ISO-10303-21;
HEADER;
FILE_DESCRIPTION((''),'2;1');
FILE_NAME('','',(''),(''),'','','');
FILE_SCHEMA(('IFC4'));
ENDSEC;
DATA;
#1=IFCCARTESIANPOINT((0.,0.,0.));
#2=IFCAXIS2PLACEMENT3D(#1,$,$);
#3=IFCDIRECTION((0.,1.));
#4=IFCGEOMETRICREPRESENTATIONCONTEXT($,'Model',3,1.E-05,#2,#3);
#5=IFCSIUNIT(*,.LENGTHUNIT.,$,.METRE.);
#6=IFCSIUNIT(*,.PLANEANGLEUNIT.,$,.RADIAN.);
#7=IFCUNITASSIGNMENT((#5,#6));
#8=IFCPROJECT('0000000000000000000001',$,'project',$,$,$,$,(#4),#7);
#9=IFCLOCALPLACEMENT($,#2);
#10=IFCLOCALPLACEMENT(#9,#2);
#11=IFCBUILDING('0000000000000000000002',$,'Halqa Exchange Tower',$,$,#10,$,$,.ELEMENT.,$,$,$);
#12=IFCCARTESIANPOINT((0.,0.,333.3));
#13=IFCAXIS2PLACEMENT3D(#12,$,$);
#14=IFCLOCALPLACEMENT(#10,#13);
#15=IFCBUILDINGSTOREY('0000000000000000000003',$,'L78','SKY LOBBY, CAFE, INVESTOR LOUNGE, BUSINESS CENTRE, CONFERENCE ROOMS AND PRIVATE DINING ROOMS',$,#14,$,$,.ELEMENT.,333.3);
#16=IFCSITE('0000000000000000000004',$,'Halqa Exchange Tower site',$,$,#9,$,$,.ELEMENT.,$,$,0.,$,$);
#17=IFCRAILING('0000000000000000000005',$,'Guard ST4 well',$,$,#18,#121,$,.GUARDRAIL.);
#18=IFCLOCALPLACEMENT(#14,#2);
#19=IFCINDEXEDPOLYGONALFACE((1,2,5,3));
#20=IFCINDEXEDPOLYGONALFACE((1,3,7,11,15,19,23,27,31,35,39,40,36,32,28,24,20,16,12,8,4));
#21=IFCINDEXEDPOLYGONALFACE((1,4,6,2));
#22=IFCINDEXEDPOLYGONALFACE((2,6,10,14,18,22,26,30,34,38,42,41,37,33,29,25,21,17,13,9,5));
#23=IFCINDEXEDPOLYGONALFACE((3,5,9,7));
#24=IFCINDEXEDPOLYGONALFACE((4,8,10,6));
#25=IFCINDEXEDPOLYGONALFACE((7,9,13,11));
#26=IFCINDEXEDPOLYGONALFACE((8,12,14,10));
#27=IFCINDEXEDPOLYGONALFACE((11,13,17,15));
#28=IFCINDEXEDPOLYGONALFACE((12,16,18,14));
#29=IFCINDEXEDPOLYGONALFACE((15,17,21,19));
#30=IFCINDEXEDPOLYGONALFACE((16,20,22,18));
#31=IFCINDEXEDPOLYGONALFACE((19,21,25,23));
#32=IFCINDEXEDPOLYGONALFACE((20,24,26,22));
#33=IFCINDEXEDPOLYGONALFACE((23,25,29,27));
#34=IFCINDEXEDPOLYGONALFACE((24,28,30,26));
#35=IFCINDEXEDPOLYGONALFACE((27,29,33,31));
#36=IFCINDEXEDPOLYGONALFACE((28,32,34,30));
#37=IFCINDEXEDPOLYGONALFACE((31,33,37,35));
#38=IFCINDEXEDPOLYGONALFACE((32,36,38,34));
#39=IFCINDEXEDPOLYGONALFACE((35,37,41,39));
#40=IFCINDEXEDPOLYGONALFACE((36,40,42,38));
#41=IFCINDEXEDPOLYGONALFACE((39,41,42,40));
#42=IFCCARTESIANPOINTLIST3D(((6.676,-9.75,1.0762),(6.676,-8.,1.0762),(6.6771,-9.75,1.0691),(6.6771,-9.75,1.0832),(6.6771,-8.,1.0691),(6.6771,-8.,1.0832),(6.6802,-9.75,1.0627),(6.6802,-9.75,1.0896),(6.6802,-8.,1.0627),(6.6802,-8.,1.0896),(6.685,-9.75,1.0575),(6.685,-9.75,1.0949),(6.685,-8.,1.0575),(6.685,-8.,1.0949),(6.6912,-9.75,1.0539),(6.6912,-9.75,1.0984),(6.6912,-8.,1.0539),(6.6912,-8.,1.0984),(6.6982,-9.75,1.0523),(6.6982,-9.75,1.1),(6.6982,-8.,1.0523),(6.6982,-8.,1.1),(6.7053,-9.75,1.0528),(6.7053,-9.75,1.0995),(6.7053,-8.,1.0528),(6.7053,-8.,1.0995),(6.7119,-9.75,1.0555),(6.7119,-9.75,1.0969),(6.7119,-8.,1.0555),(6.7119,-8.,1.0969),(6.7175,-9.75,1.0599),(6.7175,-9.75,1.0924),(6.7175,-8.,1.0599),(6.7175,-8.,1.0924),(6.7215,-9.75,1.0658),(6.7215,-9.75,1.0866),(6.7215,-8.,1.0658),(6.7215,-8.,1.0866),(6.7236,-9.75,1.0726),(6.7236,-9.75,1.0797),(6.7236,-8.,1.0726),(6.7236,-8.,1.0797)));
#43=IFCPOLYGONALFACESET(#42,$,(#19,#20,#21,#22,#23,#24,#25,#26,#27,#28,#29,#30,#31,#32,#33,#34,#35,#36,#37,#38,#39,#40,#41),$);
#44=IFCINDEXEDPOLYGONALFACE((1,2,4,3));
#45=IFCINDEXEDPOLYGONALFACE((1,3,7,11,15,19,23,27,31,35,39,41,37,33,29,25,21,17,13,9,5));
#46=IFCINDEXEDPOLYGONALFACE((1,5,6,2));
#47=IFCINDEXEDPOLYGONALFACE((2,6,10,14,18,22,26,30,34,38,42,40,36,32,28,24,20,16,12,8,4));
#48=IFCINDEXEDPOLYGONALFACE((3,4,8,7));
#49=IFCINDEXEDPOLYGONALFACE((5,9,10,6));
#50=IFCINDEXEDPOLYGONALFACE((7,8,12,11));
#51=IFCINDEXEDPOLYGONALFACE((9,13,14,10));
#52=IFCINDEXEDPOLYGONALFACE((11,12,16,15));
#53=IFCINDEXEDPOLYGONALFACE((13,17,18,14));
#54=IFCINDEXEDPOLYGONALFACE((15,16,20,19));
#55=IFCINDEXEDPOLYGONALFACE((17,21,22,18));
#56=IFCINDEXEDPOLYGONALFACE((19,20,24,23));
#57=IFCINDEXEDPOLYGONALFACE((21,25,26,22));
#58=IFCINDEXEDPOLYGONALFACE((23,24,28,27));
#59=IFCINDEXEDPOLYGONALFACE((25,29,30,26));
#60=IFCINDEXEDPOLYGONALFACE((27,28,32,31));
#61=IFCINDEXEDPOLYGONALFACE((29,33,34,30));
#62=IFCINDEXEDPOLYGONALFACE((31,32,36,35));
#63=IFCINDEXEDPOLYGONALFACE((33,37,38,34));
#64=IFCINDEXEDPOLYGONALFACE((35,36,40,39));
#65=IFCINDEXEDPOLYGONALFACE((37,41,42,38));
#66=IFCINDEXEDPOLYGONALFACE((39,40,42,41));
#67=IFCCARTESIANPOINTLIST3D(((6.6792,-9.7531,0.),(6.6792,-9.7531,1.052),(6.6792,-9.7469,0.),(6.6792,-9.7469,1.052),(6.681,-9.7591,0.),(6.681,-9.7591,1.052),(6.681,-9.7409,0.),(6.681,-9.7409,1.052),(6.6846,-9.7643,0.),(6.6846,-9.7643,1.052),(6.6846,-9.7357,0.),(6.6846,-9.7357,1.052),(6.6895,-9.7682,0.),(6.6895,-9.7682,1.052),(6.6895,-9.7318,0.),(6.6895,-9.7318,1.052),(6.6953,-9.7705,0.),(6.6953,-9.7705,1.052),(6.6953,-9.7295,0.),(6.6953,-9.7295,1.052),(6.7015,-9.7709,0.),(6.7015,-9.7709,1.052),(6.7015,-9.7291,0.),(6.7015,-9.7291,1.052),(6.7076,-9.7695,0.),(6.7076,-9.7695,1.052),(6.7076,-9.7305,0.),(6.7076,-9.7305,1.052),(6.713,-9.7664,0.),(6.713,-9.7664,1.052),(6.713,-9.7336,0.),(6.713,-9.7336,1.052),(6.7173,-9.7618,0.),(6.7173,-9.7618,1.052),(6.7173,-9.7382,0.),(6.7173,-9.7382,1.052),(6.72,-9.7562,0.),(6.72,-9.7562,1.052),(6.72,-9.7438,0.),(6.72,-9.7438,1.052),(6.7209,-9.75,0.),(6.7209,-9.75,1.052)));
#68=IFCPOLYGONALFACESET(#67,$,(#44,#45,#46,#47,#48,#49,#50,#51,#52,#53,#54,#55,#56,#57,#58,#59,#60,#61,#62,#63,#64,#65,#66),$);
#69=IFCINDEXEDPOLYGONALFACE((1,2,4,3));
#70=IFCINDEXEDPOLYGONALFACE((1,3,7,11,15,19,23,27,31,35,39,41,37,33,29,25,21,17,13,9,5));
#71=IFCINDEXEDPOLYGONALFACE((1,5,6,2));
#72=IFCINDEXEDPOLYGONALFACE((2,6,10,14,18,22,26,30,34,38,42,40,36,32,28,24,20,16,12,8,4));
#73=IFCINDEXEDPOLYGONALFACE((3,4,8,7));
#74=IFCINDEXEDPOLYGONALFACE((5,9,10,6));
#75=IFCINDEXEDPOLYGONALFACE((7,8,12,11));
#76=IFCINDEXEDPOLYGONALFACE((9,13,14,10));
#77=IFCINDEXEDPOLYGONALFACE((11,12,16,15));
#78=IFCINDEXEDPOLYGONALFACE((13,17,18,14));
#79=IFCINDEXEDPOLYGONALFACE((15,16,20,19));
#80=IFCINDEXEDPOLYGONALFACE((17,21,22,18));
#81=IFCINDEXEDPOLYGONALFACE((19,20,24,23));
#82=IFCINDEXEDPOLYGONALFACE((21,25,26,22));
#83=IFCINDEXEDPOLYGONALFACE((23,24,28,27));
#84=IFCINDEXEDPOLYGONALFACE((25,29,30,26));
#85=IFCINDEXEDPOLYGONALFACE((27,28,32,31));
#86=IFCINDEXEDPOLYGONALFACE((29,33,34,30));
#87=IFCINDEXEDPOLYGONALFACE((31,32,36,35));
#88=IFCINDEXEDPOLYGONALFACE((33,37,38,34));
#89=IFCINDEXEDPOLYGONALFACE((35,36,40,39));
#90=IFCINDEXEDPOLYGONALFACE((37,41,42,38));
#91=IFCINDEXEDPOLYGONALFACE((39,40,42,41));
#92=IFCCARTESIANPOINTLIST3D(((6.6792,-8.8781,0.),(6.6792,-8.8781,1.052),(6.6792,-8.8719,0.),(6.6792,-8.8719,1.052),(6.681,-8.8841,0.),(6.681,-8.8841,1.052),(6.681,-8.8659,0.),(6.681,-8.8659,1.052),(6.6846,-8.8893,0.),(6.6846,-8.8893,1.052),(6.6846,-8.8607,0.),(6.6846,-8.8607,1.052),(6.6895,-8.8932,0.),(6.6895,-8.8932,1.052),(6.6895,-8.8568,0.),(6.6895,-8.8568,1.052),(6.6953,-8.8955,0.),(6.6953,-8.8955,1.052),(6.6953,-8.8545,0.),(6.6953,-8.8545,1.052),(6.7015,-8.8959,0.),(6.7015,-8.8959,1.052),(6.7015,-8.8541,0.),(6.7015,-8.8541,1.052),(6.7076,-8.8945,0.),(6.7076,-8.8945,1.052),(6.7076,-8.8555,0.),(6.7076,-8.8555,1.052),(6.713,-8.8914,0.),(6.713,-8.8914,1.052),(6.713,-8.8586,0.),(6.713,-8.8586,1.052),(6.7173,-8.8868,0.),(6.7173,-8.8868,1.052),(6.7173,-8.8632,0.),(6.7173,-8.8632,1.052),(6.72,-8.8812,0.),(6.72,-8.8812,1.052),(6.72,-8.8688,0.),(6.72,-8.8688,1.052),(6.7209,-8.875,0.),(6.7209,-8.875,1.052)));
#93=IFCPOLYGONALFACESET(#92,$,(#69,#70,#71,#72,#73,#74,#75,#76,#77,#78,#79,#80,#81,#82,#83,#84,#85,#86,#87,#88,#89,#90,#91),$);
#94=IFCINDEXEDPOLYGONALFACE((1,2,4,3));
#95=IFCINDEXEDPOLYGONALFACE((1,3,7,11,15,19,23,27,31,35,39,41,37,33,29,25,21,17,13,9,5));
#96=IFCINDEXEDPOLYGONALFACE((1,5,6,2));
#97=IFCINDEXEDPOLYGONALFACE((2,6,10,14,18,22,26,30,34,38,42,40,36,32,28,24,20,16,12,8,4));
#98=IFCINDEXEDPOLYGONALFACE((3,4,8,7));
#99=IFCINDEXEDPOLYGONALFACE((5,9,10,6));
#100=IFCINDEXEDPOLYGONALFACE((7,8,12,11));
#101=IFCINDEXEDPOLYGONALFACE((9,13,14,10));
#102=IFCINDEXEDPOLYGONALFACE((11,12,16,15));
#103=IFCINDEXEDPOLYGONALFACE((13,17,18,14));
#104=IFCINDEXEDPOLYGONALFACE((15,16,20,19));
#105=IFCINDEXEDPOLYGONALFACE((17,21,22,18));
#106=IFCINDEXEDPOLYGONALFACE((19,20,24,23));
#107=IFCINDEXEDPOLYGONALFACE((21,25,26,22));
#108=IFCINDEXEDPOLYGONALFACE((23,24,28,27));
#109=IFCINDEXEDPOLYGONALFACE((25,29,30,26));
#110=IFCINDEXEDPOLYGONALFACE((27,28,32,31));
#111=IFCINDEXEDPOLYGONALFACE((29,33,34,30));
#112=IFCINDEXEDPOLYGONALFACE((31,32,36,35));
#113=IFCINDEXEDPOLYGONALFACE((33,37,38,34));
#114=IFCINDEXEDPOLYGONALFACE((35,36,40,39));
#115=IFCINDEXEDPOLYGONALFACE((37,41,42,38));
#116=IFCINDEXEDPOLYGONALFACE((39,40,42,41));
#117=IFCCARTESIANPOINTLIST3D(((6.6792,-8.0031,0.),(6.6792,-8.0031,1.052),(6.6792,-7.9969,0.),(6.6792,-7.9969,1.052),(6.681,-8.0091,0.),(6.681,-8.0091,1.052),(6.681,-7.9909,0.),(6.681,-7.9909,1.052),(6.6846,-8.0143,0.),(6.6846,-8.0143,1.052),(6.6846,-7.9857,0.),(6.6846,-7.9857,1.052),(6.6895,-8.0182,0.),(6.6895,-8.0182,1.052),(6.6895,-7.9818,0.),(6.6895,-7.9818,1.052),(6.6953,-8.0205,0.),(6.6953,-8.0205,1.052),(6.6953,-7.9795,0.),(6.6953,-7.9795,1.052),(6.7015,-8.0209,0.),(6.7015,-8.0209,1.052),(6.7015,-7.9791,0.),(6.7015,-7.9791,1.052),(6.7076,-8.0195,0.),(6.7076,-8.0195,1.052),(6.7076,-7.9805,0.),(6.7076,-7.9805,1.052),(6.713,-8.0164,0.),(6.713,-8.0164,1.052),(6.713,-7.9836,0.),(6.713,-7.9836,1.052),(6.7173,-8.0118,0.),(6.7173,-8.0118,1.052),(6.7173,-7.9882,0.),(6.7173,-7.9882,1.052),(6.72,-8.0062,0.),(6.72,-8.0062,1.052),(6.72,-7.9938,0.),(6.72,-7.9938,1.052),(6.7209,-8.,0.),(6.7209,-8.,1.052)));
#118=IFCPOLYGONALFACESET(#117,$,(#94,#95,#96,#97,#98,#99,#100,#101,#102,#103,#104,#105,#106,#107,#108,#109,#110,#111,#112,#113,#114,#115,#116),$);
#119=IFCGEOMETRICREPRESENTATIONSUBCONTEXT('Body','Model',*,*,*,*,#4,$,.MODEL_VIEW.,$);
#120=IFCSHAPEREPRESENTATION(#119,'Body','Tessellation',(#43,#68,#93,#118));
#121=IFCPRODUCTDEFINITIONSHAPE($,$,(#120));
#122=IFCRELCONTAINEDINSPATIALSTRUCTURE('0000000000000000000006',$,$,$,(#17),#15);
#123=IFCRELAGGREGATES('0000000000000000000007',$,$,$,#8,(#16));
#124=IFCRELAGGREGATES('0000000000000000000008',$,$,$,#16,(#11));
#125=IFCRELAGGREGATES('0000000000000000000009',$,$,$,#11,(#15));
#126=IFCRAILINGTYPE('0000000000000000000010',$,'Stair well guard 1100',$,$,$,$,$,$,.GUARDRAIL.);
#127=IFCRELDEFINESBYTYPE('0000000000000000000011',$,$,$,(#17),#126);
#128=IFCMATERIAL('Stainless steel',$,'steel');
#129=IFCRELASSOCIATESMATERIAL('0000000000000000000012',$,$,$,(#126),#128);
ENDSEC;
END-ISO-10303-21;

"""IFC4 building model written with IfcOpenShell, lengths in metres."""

from ifc_helpers import new_model, si_unit, direction, frame, origin, origin_2d, place, context, subcontext, project, spatial, circle, extrude, material, type_object, element, save


model = new_model("IFC4")

# Units and contexts
model_context = context("Model", 3, precision=1e-05, world=origin(), true_north=direction((0.0, 1.0)))
body_context = subcontext(model_context, "Body", "Model", "MODEL_VIEW")
ifc_project = project(units=[si_unit("LENGTHUNIT", "METRE"), si_unit("PLANEANGLEUNIT", "RADIAN")], contexts=[model_context])

# Site, building, storey
site_placement = place(None, origin())
site = spatial("IfcSite", under=ifc_project, at=site_placement, Name="Halqa Exchange Tower site", CompositionType="ELEMENT", RefElevation=0.0)
building_placement = place(site_placement, origin())
building = spatial("IfcBuilding", under=site, at=building_placement, Name="Halqa Exchange Tower", CompositionType="ELEMENT")
storey_placement = place(building_placement, frame((0.0, 0.0, 333.3)))
storey = spatial("IfcBuildingStorey", under=building, at=storey_placement, Name="L78", Description="SKY LOBBY, CAFE, INVESTOR LOUNGE, BUSINESS CENTRE, CONFERENCE ROOMS AND PRIVATE DINING ROOMS", CompositionType="ELEMENT", Elevation=333.3)

# Railing
ifc_material_1 = material(Name="Stainless steel", Category="steel")
railing_type_1 = type_object("IfcRailingType", Name="Stair well guard 1100", PredefinedType="GUARDRAIL", material=ifc_material_1)
railing_1_placement = place(storey_placement, frame((6.7, -9.75, 0.0)))
element("IfcRailing", 1, at=railing_1_placement, inside=storey, type_object=railing_type_1, Name="Guard ST4 well", PredefinedType="GUARDRAIL", context=body_context, shape_type="SweptSolid", body=[
    extrude(circle(Radius=0.0239, at=origin_2d()), frame((0.0, 0.0, 1.0762), z_axis=(0.0, 1.0, 0.0), x_axis=(-1.0, 0.0, 0.0)), (0.0, 0.0, 1.0), 1.75),
    extrude(circle(Radius=0.021, at=origin_2d()), origin(), (0.0, 0.0, 1.0), 1.052),
    extrude(circle(Radius=0.021, at=origin_2d()), frame((0.0, 0.875, 0.0)), (0.0, 0.0, 1.0), 1.052),
    extrude(circle(Radius=0.021, at=origin_2d()), frame((0.0, 1.75, 0.0)), (0.0, 0.0, 1.0), 1.052),
])

save(model, "model.ifc")
